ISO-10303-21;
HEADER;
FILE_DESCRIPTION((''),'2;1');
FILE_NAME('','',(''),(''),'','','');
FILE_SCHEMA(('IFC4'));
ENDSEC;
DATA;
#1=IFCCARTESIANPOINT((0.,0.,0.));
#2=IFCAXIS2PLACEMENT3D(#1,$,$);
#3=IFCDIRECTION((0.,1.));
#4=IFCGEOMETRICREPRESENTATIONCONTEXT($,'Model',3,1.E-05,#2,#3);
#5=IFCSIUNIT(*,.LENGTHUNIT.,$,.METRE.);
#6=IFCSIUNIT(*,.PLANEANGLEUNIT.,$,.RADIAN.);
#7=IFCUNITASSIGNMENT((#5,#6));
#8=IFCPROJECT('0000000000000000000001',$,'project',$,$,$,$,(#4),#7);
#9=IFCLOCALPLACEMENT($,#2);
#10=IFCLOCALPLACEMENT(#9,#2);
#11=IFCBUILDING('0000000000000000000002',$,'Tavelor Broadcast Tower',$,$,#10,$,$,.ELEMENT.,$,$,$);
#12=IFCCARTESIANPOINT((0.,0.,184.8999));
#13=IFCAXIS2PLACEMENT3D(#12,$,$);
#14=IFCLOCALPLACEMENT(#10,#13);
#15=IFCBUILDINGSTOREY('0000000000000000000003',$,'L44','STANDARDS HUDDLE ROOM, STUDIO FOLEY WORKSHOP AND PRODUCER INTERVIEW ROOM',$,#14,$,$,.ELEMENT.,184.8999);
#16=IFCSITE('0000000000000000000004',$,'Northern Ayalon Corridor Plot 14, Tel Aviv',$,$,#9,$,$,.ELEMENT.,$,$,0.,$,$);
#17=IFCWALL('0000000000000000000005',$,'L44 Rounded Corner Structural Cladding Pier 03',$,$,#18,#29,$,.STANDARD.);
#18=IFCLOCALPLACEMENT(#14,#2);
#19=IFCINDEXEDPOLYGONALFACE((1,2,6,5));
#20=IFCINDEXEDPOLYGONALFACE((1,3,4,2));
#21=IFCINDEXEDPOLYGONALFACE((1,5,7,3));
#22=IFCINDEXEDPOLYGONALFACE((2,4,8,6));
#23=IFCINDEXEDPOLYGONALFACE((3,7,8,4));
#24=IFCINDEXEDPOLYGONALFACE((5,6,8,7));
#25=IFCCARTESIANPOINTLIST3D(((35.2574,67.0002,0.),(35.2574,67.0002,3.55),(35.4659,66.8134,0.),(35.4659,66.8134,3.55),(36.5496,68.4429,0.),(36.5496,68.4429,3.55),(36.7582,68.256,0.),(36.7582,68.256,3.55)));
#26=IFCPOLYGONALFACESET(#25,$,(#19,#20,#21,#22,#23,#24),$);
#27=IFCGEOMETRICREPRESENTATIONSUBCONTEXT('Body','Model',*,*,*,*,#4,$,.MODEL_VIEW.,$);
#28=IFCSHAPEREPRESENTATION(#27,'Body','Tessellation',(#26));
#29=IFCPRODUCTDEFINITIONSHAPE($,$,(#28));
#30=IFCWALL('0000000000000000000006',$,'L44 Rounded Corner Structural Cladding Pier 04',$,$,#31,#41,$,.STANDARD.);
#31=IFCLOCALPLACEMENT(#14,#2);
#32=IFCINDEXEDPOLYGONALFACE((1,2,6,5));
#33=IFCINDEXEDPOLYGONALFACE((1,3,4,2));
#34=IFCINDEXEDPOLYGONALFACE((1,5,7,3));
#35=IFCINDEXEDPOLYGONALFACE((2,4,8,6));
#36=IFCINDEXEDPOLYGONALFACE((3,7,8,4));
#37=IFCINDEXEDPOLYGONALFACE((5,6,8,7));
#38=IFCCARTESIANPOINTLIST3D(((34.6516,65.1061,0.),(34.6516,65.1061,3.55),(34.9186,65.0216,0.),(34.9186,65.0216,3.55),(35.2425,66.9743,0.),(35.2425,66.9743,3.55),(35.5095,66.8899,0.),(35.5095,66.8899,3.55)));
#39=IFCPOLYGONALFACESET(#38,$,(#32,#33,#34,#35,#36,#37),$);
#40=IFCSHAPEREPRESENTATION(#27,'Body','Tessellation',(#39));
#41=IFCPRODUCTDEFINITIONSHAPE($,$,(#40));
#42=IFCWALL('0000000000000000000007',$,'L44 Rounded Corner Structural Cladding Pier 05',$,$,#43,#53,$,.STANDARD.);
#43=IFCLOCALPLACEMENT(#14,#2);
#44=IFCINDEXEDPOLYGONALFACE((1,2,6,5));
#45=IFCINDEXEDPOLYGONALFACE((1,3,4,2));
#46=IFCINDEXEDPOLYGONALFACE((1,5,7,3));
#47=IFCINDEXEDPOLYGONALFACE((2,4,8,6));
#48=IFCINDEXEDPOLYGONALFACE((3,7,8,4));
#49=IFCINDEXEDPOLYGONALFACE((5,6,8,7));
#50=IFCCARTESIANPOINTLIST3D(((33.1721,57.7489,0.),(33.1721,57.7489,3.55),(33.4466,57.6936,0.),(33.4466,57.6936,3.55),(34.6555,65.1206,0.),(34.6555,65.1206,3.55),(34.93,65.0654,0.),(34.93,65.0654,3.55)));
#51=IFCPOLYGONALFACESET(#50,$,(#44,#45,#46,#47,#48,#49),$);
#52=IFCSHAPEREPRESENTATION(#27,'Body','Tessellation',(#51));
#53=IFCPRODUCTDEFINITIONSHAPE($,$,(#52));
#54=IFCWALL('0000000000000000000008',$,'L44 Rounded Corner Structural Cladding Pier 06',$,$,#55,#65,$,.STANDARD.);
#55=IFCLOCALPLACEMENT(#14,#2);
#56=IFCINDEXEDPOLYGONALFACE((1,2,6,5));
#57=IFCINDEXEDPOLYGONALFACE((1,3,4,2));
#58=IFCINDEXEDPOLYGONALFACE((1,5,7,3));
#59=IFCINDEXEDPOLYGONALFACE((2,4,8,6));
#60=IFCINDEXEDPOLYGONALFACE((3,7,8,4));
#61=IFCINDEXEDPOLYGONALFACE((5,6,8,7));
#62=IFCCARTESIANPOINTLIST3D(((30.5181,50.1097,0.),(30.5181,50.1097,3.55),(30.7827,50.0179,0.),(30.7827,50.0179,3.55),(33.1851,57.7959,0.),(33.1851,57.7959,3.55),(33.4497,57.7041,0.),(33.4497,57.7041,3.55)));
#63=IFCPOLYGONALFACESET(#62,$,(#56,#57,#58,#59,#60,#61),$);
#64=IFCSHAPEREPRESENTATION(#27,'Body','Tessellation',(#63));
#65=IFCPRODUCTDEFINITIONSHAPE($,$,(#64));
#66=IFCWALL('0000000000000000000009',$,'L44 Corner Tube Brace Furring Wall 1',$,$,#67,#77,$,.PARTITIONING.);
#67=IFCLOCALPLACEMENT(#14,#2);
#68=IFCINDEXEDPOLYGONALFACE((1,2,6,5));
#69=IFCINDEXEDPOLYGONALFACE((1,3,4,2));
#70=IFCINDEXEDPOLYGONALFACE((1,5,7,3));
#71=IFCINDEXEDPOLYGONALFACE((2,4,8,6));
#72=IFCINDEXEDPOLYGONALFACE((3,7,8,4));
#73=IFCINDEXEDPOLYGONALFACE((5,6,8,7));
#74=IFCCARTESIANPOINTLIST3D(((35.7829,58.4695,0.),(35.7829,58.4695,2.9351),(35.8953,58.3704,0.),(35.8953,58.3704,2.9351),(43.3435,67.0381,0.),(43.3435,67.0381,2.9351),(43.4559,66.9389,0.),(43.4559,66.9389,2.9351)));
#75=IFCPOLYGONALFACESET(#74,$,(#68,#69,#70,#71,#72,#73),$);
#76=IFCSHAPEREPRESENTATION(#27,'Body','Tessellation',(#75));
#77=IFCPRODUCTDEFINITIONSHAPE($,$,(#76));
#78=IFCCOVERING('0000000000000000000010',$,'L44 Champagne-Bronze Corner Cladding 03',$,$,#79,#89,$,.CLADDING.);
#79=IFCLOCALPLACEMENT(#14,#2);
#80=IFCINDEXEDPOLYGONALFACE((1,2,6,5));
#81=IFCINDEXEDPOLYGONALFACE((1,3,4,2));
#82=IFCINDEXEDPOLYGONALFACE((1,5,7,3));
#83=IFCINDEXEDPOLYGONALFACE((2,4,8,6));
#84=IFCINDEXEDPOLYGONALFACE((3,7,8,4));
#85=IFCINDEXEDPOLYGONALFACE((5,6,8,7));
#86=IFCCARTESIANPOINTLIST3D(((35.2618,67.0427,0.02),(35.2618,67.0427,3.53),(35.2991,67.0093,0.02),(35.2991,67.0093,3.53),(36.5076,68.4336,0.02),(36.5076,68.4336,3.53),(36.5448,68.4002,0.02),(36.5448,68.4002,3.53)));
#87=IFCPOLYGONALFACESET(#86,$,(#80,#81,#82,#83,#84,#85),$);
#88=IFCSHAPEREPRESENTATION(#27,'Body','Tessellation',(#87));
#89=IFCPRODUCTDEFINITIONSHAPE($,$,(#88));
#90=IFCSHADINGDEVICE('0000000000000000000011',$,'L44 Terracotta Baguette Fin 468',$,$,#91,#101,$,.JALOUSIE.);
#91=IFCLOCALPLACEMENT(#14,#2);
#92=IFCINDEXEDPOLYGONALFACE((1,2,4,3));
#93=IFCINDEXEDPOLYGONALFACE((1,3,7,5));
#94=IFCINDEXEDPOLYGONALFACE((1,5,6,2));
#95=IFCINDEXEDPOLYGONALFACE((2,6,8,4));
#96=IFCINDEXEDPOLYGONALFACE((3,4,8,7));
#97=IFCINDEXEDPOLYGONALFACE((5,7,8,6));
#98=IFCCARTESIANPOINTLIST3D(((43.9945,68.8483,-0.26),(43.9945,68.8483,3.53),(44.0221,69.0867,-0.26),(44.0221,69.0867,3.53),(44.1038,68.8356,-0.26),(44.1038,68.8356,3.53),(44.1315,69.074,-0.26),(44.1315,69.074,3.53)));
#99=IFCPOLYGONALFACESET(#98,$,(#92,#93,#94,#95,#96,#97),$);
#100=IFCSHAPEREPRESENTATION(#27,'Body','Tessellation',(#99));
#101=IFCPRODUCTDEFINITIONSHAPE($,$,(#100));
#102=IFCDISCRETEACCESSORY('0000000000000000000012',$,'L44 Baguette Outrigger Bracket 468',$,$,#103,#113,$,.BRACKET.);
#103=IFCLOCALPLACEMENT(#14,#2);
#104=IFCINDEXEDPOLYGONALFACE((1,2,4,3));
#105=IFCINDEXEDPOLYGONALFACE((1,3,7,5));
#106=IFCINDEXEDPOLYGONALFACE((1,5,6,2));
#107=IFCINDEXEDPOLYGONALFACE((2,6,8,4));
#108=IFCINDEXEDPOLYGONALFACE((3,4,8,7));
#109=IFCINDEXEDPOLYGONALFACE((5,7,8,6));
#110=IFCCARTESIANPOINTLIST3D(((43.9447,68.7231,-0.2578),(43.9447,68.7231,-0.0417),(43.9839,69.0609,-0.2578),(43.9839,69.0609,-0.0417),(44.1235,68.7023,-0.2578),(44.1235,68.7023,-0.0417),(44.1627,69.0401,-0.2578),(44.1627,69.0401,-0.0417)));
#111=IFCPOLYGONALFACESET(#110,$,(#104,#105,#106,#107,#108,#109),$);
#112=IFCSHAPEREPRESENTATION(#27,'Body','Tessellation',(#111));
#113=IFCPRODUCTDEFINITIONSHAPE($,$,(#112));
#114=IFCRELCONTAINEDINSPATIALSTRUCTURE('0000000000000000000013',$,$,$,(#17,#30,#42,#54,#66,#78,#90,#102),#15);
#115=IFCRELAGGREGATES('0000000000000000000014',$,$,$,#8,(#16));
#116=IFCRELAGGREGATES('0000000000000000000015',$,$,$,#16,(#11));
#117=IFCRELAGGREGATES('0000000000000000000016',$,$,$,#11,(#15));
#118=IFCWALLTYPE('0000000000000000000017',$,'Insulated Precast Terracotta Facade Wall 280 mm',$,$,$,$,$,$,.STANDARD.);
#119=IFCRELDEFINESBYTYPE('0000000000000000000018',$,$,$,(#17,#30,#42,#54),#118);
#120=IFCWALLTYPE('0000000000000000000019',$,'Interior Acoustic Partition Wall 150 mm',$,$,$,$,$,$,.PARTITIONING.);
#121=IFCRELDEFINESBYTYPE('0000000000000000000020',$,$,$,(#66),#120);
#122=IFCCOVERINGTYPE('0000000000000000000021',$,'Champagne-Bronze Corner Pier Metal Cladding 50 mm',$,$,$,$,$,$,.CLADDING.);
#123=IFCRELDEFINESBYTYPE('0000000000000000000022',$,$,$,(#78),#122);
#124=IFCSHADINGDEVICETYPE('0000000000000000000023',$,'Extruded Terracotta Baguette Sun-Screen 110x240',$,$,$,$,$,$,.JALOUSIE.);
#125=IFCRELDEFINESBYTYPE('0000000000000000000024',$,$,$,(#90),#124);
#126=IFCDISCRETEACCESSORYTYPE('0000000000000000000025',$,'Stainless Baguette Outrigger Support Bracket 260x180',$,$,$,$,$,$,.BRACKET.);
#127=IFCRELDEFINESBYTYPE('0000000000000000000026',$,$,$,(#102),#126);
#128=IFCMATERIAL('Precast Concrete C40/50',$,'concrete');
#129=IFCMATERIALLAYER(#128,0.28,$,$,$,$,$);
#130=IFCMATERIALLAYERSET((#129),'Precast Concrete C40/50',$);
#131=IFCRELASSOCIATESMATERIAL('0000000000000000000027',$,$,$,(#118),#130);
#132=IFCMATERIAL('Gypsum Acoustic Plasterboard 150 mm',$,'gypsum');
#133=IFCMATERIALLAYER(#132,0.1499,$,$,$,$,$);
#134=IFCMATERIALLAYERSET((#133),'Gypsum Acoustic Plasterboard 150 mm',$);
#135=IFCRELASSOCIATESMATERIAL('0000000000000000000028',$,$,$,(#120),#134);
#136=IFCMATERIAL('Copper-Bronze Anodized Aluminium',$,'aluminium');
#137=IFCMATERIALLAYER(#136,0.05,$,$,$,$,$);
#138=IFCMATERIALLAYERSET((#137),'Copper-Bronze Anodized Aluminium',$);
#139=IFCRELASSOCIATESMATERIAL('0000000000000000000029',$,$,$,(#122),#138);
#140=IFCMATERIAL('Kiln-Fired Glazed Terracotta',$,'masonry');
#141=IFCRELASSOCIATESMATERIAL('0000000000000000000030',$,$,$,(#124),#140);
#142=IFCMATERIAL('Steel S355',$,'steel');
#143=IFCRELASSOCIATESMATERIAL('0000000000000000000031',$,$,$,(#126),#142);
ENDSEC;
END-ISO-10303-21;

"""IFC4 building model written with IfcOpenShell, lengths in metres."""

from ifc_helpers import new_model, si_unit, direction, frame, frame_2d, origin, origin_2d, place, context, subcontext, project, spatial, rectangle, extrude, source, transform, mapped, material, layer, layer_set, type_object, type_shapes, element, save


model = new_model("IFC4")

# Units and contexts
model_context = context("Model", 3, precision=1e-05, world=origin(), true_north=direction((0.0, 1.0)))
body_context = subcontext(model_context, "Body", "Model", "MODEL_VIEW")
ifc_project = project(units=[si_unit("LENGTHUNIT", "METRE"), si_unit("PLANEANGLEUNIT", "RADIAN")], contexts=[model_context])

# Site, building, storey
site_placement = place(None, origin())
site = spatial("IfcSite", under=ifc_project, at=site_placement, Name="Northern Ayalon Corridor Plot 14, Tel Aviv", CompositionType="ELEMENT", RefElevation=0.0)
building_placement = place(site_placement, origin())
building = spatial("IfcBuilding", under=site, at=building_placement, Name="Tavelor Broadcast Tower", CompositionType="ELEMENT")
storey_placement = place(building_placement, frame((0.0, 0.0, 184.8999)))
storey = spatial("IfcBuildingStorey", under=building, at=storey_placement, Name="L44", Description="STANDARDS HUDDLE ROOM, STUDIO FOLEY WORKSHOP AND PRODUCER INTERVIEW ROOM", CompositionType="ELEMENT", Elevation=184.8999)

# Shared definitions
ifc_material_1 = material(Name="Steel S355", Category="steel")

# Walls
ifc_material_2 = material(Name="Precast Concrete C40/50", Category="concrete")
ifc_layer_1 = layer(ifc_material_2, 0.28)
ifc_layer_set_1 = layer_set([ifc_layer_1], Name="Precast Concrete C40/50")
wall_type_1 = type_object("IfcWallType", Name="Insulated Precast Terracotta Facade Wall 280 mm", PredefinedType="STANDARD", material=ifc_layer_set_1)
for number, where, z_axis, x_axis, name in (
    (1, (36.6538, 68.3494, 0.0), (0.0, 0.0, 1.0), (-0.667215, -0.744865, 0.0), "L44 Rounded Corner Structural Cladding Pier 03"),
):
    element("IfcWall", number, at=place(storey_placement, frame(where, z_axis=z_axis, x_axis=x_axis)), inside=storey, type_object=wall_type_1, Name=name, PredefinedType="STANDARD", context=body_context, shape_type="SweptSolid", body=[
        extrude(rectangle(XDim=1.9368, YDim=0.28, at=frame_2d((0.9683, 0.0))), origin(), (0.0, 0.0, 1.0), 3.55),
    ])
wall_1_placement = place(storey_placement, frame((35.376, 66.9321, 0.0), z_axis=(0.0, 0.0, 1.0), x_axis=(-0.301537, -0.953455, 0.0)))
element("IfcWall", 2, at=wall_1_placement, inside=storey, type_object=wall_type_1, Name="L44 Rounded Corner Structural Cladding Pier 04", PredefinedType="STANDARD", context=body_context, shape_type="SweptSolid", body=[
    extrude(rectangle(XDim=1.9595, YDim=0.28, at=frame_2d((0.9797, 0.0))), origin(), (0.0, 0.0, 1.0), 3.55),
])
wall_2_placement = place(storey_placement, frame((34.7927, 65.093, 0.0), z_axis=(0.0, 0.0, 1.0), x_axis=(-0.197271, -0.980349, 0.0)))
element("IfcWall", 3, at=wall_2_placement, inside=storey, type_object=wall_type_1, Name="L44 Rounded Corner Structural Cladding Pier 05", PredefinedType="STANDARD", context=body_context, shape_type="SweptSolid", body=[
    extrude(rectangle(XDim=7.5195, YDim=0.28, at=frame_2d((3.7598, 0.0))), origin(), (0.0, 0.0, 1.0), 3.55),
])
wall_3_placement = place(storey_placement, frame((33.3174, 57.75, 0.0), z_axis=(0.0, 0.0, 1.0), x_axis=(-0.327808, -0.944744, 0.0)))
element("IfcWall", 4, at=wall_3_placement, inside=storey, type_object=wall_type_1, Name="L44 Rounded Corner Structural Cladding Pier 06", PredefinedType="STANDARD", context=body_context, shape_type="SweptSolid", body=[
    extrude(rectangle(XDim=8.1357, YDim=0.28, at=frame_2d((4.0679, 0.0))), origin(), (0.0, 0.0, 1.0), 3.55),
])
ifc_material_3 = material(Name="Gypsum Acoustic Plasterboard 150 mm", Category="gypsum")
ifc_layer_2 = layer(ifc_material_3, 0.1499)
ifc_layer_set_2 = layer_set([ifc_layer_2], Name="Gypsum Acoustic Plasterboard 150 mm")
wall_type_2 = type_object("IfcWallType", Name="Interior Acoustic Partition Wall 150 mm", PredefinedType="PARTITIONING", material=ifc_layer_set_2)
wall_4_placement = place(storey_placement, frame((43.3997, 66.9885, 0.0), z_axis=(0.0, 0.0, 1.0), x_axis=(-0.661622, -0.749837, 0.0)))
element("IfcWall", 5, at=wall_4_placement, inside=storey, type_object=wall_type_2, Name="L44 Corner Tube Brace Furring Wall 1", PredefinedType="PARTITIONING", context=body_context, shape_type="SweptSolid", body=[
    extrude(rectangle(XDim=11.4272, YDim=0.1499, at=frame_2d((5.7136, 0.0))), origin(), (0.0, 0.0, 1.0), 2.9351),
])

# Covering
ifc_material_4 = material(Name="Copper-Bronze Anodized Aluminium", Category="aluminium")
ifc_layer_3 = layer(ifc_material_4, 0.05)
ifc_layer_set_3 = layer_set([ifc_layer_3], Name="Copper-Bronze Anodized Aluminium")
covering_type = type_object("IfcCoveringType", Name="Champagne-Bronze Corner Pier Metal Cladding 50 mm", PredefinedType="CLADDING", material=ifc_layer_set_3)
covering_placement = place(storey_placement, frame((35.9033, 67.7214, 0.02), z_axis=(0.0, 0.0, 1.0), x_axis=(-0.667183, -0.744894, 0.0)))
element("IfcCovering", 6, at=covering_placement, inside=storey, type_object=covering_type, Name="L44 Champagne-Bronze Corner Cladding 03", PredefinedType="CLADDING", context=body_context, shape_type="SweptSolid", body=[
    extrude(rectangle(XDim=1.8672, YDim=0.05, at=origin_2d()), origin(), (0.0, 0.0, 1.0), 3.51),
])

# Shading device
ifc_material_5 = material(Name="Kiln-Fired Glazed Terracotta", Category="masonry")
shading_device_type = type_object("IfcShadingDeviceType", Name="Extruded Terracotta Baguette Sun-Screen 110x240", PredefinedType="JALOUSIE", material=ifc_material_5)
shared_shape_1 = source(origin(), body_context, "Body", "SweptSolid", [
    extrude(rectangle(XDim=0.1101, YDim=0.24, at=origin_2d()), origin(), (0.0, 0.0, 1.0), 3.79),
])
type_shapes(shading_device_type, [shared_shape_1])
shading_device_placement = place(storey_placement, frame((44.063, 68.9612, -0.26), z_axis=(0.0, 0.0, 1.0), x_axis=(-0.993333, 0.115284, 0.0)))
element("IfcShadingDevice", 7, at=shading_device_placement, inside=storey, type_object=shading_device_type, Name="L44 Terracotta Baguette Fin 468", PredefinedType="JALOUSIE", context=body_context, shape_type="MappedRepresentation", body=[
    mapped(shared_shape_1, transform((0.0, 0.0, 0.0), scale=1.0)),
])

# Discrete accessory
discrete_accessory_type = type_object("IfcDiscreteAccessoryType", Name="Stainless Baguette Outrigger Support Bracket 260x180", PredefinedType="BRACKET", material=ifc_material_1)
shared_shape_2 = source(origin(), body_context, "Body", "SweptSolid", [
    extrude(rectangle(XDim=0.1799, YDim=0.3401, at=origin_2d()), origin(), (0.0, 0.0, 1.0), 0.2161),
])
type_shapes(discrete_accessory_type, [shared_shape_2])
discrete_accessory_placement = place(storey_placement, frame((44.0537, 68.8816, -0.2578), z_axis=(0.0, 0.0, 1.0), x_axis=(-0.993333, 0.115284, 0.0)))
element("IfcDiscreteAccessory", 8, at=discrete_accessory_placement, inside=storey, type_object=discrete_accessory_type, Name="L44 Baguette Outrigger Bracket 468", PredefinedType="BRACKET", context=body_context, shape_type="MappedRepresentation", body=[
    mapped(shared_shape_2, transform((0.0, 0.0, 0.0), scale=1.0)),
])

save(model, "model.ifc")
